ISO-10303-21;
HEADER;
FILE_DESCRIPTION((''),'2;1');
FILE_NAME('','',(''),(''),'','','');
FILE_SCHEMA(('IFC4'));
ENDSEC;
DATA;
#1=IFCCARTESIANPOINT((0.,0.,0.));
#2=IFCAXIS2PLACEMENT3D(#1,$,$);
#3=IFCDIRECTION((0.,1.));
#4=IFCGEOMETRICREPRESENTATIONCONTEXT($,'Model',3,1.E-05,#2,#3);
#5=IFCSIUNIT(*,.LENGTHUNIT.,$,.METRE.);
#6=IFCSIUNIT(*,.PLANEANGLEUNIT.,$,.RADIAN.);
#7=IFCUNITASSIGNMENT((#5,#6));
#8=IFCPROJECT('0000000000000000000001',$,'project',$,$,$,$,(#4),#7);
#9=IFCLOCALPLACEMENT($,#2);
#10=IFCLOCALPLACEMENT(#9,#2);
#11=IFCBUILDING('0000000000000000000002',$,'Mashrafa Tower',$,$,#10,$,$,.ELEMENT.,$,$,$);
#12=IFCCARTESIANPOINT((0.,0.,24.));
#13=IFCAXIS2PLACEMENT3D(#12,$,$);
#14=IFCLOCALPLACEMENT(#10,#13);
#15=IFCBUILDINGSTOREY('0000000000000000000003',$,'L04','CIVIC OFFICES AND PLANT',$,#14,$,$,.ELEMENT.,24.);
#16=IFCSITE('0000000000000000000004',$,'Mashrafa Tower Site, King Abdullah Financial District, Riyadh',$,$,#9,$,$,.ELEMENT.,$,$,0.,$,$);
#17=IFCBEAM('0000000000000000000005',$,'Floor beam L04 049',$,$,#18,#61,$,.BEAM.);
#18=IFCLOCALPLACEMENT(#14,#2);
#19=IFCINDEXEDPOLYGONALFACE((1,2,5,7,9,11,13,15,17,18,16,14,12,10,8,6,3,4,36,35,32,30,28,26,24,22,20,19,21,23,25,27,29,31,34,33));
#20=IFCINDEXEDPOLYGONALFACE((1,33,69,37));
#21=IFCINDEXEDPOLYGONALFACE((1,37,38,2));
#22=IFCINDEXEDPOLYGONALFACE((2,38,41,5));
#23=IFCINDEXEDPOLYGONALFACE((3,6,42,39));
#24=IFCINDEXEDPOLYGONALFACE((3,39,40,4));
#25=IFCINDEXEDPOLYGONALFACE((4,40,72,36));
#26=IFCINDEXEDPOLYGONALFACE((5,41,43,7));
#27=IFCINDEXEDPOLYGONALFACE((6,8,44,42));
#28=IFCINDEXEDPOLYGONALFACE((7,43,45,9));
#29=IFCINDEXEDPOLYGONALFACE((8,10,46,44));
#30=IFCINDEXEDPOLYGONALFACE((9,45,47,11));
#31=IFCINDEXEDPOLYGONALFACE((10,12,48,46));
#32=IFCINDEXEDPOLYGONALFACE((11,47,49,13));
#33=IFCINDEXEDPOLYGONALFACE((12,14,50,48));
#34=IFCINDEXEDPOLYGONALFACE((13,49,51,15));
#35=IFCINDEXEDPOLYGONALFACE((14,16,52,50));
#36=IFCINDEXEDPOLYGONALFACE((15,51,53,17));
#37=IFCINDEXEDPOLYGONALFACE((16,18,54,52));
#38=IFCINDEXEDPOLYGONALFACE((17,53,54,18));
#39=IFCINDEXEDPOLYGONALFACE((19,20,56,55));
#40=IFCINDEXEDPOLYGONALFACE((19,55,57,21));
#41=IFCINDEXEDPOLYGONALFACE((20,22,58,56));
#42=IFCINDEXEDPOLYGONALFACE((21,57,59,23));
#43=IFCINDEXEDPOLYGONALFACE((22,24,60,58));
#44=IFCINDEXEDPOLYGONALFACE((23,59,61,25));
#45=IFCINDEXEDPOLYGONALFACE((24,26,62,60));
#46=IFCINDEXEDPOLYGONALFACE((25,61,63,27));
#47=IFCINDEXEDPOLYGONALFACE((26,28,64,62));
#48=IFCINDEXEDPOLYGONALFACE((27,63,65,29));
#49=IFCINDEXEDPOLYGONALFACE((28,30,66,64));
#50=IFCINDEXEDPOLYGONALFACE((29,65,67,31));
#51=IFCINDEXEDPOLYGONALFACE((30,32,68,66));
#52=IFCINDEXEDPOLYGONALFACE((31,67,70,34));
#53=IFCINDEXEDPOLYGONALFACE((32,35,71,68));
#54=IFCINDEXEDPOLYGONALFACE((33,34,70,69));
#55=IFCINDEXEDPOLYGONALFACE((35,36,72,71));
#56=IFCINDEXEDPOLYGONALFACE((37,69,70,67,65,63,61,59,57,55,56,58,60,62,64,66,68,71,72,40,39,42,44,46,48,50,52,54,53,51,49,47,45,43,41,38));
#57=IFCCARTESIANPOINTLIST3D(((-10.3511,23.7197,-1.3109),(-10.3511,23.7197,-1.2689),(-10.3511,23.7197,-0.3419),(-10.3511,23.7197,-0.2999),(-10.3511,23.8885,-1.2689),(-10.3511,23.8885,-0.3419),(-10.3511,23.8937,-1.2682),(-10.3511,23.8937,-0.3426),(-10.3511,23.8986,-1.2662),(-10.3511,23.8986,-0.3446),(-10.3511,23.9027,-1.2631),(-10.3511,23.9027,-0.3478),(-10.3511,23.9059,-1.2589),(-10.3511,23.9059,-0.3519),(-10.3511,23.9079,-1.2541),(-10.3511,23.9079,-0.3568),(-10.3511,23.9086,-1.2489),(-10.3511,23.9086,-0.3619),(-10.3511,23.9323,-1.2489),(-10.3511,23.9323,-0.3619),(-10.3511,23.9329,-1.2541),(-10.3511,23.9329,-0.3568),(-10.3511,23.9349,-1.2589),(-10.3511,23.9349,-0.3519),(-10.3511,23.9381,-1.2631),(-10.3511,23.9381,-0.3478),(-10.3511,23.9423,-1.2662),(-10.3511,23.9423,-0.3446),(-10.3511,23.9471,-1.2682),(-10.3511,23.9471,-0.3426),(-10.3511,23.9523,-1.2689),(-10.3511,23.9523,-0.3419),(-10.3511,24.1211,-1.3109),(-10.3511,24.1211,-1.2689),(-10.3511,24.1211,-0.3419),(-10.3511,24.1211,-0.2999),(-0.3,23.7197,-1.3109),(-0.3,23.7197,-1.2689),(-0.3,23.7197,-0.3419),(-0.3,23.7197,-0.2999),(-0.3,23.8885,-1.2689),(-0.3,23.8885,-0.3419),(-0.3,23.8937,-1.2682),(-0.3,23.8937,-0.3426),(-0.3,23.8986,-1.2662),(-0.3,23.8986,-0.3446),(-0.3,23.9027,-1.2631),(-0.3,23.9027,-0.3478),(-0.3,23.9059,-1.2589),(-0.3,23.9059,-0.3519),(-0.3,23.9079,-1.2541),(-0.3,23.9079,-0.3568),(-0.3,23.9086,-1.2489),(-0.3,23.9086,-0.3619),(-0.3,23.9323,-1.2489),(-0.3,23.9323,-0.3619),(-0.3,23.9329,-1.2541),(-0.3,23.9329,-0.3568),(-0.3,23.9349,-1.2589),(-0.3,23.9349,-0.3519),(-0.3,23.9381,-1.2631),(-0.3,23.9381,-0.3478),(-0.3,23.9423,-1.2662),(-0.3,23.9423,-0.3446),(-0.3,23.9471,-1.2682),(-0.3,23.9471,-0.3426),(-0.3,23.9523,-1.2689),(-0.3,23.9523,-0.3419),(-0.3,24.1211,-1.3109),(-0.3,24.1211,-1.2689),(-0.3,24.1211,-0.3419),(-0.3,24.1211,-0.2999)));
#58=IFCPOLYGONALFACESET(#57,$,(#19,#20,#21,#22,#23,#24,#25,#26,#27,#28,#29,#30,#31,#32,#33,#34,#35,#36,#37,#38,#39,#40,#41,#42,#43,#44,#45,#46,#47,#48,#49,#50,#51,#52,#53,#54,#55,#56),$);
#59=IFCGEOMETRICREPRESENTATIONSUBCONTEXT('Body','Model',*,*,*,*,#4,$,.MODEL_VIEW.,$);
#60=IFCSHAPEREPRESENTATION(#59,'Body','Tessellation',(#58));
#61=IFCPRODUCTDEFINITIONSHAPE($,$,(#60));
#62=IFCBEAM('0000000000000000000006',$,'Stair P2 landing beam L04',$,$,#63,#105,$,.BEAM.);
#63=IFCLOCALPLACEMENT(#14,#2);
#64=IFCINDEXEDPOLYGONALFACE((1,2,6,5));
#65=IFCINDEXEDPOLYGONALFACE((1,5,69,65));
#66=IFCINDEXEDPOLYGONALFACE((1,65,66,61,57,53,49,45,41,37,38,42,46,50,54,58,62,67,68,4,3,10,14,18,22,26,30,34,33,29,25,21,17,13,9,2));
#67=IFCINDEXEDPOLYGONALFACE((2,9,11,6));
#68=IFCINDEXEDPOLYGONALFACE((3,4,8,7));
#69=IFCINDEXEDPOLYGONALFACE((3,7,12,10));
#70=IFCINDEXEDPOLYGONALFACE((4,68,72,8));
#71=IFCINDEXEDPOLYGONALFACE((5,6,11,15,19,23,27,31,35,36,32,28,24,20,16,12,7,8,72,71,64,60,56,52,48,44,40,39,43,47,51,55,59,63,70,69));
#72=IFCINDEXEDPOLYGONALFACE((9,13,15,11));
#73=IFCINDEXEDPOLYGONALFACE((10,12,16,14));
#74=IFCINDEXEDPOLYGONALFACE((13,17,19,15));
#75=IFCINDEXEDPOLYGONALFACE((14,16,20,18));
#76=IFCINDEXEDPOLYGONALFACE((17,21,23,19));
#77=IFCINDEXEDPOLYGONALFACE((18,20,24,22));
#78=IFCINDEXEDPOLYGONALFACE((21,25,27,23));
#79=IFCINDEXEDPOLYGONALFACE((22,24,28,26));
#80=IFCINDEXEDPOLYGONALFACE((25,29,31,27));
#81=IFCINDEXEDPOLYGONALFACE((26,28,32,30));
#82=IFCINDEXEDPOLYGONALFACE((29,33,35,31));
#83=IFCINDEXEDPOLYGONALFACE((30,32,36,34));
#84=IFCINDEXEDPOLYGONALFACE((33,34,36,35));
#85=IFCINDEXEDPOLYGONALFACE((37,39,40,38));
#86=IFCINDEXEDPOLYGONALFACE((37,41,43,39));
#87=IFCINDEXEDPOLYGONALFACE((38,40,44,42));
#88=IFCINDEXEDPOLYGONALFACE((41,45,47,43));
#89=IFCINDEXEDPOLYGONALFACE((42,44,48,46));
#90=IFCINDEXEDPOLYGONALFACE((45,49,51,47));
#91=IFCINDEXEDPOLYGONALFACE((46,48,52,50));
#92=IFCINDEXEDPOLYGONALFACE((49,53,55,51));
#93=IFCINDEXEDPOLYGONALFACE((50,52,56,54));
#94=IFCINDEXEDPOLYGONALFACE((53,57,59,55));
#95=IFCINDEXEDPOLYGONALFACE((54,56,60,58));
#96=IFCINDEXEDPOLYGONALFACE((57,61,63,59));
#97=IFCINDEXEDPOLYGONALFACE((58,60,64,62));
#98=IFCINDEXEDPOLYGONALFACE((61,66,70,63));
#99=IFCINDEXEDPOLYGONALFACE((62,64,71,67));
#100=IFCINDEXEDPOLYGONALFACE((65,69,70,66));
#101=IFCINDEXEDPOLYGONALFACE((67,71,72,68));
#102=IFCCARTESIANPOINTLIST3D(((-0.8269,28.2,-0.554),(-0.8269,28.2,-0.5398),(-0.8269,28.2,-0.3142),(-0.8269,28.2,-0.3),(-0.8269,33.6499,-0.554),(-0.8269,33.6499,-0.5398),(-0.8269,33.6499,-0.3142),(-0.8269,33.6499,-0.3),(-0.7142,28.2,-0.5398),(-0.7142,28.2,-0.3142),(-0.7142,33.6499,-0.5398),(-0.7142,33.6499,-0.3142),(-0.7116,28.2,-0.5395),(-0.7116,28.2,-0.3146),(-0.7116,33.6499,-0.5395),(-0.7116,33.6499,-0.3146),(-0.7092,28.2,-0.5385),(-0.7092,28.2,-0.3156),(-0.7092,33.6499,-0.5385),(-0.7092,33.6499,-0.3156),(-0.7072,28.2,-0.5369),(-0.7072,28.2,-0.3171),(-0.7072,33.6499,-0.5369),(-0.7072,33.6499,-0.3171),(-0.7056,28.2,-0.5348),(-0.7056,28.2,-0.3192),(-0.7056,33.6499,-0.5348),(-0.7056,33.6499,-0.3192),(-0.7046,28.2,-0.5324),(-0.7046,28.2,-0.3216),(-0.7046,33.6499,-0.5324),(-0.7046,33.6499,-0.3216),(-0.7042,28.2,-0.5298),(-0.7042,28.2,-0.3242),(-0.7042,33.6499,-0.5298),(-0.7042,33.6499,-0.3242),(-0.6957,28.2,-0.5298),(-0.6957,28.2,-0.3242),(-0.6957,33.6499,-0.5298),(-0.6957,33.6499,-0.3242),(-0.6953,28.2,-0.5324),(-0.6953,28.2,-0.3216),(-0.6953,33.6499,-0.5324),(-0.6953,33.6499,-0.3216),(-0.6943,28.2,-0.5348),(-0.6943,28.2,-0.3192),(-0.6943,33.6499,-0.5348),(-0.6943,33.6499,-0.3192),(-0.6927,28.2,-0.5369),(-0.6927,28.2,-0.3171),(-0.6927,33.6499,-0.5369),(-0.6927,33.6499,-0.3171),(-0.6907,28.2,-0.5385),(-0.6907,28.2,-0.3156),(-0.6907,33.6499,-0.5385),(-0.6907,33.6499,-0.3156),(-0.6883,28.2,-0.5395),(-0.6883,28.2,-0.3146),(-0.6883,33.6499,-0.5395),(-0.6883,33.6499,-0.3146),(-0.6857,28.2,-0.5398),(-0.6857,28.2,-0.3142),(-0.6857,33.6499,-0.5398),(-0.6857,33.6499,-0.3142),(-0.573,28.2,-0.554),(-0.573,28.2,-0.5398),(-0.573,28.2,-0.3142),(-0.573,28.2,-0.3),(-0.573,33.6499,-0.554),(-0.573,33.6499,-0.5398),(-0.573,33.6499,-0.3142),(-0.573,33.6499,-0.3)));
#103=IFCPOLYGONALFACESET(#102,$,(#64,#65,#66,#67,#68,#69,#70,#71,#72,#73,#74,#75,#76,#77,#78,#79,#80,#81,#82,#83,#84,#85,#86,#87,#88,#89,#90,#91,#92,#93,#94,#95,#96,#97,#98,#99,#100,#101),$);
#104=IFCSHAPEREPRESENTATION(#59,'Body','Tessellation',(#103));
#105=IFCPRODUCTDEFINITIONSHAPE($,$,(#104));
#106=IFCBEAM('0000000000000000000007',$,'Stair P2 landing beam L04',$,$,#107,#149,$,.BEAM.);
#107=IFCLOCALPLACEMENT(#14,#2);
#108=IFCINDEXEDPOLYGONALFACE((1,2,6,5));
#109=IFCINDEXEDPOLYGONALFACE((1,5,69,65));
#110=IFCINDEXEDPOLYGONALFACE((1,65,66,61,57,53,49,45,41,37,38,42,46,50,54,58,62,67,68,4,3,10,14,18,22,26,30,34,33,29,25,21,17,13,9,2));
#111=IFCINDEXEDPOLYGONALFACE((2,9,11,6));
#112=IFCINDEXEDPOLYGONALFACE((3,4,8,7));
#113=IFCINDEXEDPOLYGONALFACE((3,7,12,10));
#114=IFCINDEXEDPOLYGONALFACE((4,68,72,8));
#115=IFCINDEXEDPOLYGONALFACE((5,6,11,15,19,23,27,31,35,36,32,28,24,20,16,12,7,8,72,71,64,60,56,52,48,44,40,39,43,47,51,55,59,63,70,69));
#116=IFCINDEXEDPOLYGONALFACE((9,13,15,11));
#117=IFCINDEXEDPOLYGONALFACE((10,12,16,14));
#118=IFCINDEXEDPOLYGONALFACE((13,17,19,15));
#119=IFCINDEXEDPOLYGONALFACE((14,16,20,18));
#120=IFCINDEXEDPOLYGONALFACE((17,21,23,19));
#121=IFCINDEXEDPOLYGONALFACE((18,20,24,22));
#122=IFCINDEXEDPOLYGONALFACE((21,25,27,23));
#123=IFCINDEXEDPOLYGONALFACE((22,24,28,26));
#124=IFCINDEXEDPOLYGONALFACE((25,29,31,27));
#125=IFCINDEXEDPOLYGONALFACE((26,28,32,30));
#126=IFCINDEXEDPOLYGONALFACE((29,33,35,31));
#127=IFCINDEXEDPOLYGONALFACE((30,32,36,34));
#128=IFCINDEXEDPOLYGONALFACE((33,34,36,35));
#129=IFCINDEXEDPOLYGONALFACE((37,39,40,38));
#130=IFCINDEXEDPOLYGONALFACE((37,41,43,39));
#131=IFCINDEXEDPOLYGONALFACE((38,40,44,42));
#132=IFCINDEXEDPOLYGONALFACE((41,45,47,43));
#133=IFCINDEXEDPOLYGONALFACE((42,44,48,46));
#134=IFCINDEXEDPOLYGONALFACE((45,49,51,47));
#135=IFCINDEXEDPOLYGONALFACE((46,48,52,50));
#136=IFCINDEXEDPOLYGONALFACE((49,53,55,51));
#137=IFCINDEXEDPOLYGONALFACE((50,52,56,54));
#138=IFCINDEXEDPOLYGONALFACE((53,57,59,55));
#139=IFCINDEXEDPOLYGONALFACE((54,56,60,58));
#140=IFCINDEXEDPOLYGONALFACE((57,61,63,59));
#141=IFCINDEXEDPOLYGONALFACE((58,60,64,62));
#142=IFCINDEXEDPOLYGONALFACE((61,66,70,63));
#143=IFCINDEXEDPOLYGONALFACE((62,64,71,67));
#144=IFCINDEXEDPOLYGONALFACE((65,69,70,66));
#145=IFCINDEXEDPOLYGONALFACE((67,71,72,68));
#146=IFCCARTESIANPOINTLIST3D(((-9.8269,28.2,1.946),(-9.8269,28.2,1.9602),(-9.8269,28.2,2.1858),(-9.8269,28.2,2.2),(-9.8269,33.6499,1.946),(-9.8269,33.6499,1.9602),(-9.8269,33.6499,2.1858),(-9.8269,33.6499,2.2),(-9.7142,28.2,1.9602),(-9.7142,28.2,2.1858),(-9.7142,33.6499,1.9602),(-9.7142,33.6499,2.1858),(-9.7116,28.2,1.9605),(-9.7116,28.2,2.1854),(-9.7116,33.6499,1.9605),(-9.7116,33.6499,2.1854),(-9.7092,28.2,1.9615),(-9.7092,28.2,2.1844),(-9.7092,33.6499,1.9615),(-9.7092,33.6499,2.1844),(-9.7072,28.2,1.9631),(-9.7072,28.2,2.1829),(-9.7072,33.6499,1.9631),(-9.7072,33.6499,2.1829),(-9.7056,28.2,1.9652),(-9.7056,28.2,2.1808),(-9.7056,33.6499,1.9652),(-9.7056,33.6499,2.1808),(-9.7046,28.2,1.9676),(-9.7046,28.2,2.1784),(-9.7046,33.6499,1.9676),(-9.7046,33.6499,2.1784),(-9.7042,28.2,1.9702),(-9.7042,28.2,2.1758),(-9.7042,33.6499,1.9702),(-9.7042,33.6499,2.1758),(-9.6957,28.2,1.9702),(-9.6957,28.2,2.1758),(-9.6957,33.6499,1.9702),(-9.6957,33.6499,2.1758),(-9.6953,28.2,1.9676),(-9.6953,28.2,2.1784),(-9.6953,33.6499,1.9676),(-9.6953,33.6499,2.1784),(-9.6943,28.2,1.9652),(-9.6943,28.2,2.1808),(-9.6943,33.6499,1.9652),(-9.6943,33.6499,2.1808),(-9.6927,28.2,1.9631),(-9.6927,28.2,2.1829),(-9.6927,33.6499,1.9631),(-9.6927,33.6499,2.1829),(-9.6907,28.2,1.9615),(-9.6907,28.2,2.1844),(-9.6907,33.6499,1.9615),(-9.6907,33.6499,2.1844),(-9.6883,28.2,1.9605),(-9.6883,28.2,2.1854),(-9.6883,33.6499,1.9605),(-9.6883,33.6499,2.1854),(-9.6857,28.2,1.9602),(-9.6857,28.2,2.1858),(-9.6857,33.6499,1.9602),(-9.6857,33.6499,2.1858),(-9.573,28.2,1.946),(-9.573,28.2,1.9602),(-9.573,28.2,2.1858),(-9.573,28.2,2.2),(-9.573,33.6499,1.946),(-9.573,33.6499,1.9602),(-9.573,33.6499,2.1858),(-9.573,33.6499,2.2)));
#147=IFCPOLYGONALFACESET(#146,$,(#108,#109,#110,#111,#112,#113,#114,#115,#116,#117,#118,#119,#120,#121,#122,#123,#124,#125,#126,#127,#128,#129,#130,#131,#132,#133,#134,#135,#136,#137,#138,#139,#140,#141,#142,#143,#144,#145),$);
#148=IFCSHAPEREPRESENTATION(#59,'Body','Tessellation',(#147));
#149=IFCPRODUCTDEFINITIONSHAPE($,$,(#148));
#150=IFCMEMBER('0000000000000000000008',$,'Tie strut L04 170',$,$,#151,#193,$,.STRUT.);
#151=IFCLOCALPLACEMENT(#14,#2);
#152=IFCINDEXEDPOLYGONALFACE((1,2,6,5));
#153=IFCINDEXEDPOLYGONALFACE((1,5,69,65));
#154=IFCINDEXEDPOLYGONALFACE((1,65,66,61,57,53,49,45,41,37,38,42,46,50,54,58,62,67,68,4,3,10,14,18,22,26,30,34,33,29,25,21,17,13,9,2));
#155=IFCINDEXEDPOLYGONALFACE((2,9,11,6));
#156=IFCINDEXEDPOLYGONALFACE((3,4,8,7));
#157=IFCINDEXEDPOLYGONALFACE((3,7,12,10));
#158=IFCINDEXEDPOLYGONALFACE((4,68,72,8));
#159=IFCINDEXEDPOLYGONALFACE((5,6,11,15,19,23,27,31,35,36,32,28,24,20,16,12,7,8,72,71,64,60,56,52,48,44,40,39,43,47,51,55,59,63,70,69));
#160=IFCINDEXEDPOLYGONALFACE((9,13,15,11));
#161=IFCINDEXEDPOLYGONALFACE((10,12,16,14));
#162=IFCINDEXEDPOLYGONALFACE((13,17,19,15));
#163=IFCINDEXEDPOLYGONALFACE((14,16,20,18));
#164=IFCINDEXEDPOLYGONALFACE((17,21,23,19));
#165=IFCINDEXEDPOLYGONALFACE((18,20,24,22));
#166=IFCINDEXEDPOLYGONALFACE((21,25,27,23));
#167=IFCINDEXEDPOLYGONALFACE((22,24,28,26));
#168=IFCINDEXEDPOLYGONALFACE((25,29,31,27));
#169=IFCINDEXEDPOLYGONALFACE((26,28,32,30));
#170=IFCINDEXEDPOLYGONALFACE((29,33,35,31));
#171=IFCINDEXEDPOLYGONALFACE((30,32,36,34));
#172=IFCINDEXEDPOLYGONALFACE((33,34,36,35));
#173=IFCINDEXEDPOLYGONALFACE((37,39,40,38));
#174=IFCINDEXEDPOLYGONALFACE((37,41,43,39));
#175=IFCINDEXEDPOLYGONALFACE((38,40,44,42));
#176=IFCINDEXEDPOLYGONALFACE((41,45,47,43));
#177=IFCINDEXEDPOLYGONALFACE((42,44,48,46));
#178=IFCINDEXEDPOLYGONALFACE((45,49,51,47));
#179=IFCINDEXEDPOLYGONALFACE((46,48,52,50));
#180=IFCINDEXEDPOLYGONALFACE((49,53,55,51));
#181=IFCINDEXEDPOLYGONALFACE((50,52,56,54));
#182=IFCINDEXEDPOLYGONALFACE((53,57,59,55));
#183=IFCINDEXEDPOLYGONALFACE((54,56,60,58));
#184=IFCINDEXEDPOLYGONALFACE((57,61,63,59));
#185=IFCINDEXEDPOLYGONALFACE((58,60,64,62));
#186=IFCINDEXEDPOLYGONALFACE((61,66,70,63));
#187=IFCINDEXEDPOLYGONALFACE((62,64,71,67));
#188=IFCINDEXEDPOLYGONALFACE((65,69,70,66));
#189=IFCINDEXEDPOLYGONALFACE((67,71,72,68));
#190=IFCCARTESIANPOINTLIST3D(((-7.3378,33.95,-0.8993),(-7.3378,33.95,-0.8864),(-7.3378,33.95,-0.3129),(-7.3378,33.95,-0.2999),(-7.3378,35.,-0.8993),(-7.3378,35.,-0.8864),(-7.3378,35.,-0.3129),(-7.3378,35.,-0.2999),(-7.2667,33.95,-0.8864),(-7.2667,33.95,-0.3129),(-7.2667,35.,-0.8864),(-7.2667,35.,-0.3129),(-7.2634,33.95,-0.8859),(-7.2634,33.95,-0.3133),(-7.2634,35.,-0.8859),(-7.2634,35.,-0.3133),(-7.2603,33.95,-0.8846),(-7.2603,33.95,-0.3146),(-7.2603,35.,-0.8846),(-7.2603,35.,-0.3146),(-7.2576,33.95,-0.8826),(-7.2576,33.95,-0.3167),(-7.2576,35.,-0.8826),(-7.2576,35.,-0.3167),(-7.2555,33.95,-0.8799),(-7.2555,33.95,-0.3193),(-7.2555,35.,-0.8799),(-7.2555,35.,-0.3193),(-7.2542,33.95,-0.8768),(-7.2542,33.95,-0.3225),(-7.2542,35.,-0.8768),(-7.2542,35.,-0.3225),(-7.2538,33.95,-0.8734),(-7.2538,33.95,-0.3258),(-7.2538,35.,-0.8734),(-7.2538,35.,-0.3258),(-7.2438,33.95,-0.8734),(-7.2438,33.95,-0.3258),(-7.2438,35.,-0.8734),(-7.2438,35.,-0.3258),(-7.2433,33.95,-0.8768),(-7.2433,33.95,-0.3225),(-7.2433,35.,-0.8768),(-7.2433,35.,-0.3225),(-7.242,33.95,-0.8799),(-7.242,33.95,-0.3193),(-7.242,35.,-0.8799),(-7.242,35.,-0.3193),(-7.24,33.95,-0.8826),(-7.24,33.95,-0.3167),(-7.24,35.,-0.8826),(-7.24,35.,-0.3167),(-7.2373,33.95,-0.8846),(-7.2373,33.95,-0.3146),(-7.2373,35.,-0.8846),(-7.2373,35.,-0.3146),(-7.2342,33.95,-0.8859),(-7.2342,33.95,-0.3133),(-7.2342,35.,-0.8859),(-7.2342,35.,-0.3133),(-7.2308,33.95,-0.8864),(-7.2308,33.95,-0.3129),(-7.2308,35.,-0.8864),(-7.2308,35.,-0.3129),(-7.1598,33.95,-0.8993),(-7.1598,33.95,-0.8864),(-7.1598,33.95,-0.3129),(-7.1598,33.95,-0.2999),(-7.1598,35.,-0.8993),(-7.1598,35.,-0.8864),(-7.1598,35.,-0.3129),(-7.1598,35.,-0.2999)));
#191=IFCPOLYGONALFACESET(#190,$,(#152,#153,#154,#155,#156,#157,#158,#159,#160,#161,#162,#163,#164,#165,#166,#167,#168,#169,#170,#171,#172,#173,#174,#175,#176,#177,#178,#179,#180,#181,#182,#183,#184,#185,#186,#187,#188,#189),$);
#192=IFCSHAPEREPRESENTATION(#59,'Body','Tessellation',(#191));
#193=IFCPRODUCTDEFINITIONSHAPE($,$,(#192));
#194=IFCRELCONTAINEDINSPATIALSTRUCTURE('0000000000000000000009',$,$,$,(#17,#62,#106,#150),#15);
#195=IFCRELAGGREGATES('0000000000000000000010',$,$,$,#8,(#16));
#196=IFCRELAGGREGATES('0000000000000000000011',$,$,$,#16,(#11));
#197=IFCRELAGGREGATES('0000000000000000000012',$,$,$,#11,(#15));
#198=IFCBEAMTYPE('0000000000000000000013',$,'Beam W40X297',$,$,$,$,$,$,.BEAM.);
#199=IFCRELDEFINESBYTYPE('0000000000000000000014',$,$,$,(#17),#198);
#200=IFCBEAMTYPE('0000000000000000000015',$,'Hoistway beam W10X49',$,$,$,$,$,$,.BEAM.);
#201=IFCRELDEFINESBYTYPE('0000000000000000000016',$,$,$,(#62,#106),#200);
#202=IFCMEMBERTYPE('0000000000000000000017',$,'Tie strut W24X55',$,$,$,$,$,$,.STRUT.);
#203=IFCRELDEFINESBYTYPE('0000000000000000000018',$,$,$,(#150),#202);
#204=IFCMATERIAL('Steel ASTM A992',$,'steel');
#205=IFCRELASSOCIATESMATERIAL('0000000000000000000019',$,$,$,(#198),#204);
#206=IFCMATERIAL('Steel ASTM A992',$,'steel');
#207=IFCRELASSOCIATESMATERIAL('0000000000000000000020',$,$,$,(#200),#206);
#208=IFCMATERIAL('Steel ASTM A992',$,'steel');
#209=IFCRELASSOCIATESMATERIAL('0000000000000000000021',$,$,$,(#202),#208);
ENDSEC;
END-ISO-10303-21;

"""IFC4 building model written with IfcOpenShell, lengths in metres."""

from ifc_helpers import new_model, si_unit, direction, frame, origin, origin_2d, place, context, subcontext, project, spatial, i_section, extrude, source, transform, mapped, material, material_profile, profile_set, type_object, type_shapes, element, save


model = new_model("IFC4")

# Units and contexts
model_context = context("Model", 3, precision=1e-05, world=origin(), true_north=direction((0.0, 1.0)))
body_context = subcontext(model_context, "Body", "Model", "MODEL_VIEW")
ifc_project = project(units=[si_unit("LENGTHUNIT", "METRE"), si_unit("PLANEANGLEUNIT", "RADIAN")], contexts=[model_context])

# Site, building, storey
site_placement = place(None, origin())
site = spatial("IfcSite", under=ifc_project, at=site_placement, Name="Mashrafa Tower Site, King Abdullah Financial District, Riyadh", CompositionType="ELEMENT", RefElevation=0.0)
building_placement = place(site_placement, origin())
building = spatial("IfcBuilding", under=site, at=building_placement, Name="Mashrafa Tower", CompositionType="ELEMENT")
storey_placement = place(building_placement, frame((0.0, 0.0, 24.0)))
storey = spatial("IfcBuildingStorey", under=building, at=storey_placement, Name="L04", Description="CIVIC OFFICES AND PLANT", CompositionType="ELEMENT", Elevation=24.0)

# Beams
ifc_material_1 = material(Name="Steel ASTM A992", Category="steel")
ifc_material_profile_1 = material_profile(ifc_material_1, i_section(OverallWidth=0.4014, OverallDepth=1.011, WebThickness=0.0237, FlangeThickness=0.042, FilletRadius=0.02, at=origin_2d()), Name="W40X297")
ifc_profile_set_1 = profile_set([ifc_material_profile_1], Name="Steel ASTM A992")
beam_type_1 = type_object("IfcBeamType", Name="Beam W40X297", PredefinedType="BEAM", material=ifc_profile_set_1)
beam_1_placement = place(storey_placement, frame((-10.3511, 23.9204, -0.8054), z_axis=(1.0, 0.0, 0.0), x_axis=(0.0, 1.0, 0.0)))
element("IfcBeam", 1, at=beam_1_placement, inside=storey, type_object=beam_type_1, Name="Floor beam L04 049", PredefinedType="BEAM", context=body_context, shape_type="SweptSolid", body=[
    extrude(i_section(OverallWidth=0.4014, OverallDepth=1.011, WebThickness=0.0237, FlangeThickness=0.042, FilletRadius=0.02, at=origin_2d()), origin(), (0.0, 0.0, 1.0), 10.051),
])
ifc_material_2 = material(Name="Steel ASTM A992", Category="steel")
ifc_material_profile_2 = material_profile(ifc_material_2, i_section(OverallWidth=0.2539, OverallDepth=0.2539, WebThickness=0.0085, FlangeThickness=0.0142, FilletRadius=0.01, at=origin_2d()), Name="W10X49")
ifc_profile_set_2 = profile_set([ifc_material_profile_2], Name="Steel ASTM A992")
beam_type_2 = type_object("IfcBeamType", Name="Hoistway beam W10X49", PredefinedType="BEAM", material=ifc_profile_set_2)
for number, where, z_axis, x_axis, name in (
    (2, (-0.7, 28.2, -0.427), (0.0, 1.0, 0.0), (-1.0, 0.0, 0.0), "Stair P2 landing beam L04"),
    (3, (-9.7, 28.2, 2.073), (0.0, 1.0, 0.0), (-1.0, 0.0, 0.0), "Stair P2 landing beam L04"),
):
    element("IfcBeam", number, at=place(storey_placement, frame(where, z_axis=z_axis, x_axis=x_axis)), inside=storey, type_object=beam_type_2, Name=name, PredefinedType="BEAM", context=body_context, shape_type="SweptSolid", body=[
        extrude(i_section(OverallWidth=0.2539, OverallDepth=0.2539, WebThickness=0.0085, FlangeThickness=0.0142, FilletRadius=0.01, at=origin_2d()), origin(), (0.0, 0.0, 1.0), 5.45),
    ])

# Member
ifc_material_3 = material(Name="Steel ASTM A992", Category="steel")
ifc_material_profile_3 = material_profile(ifc_material_3, i_section(OverallWidth=0.178, OverallDepth=0.5994, WebThickness=0.01, FlangeThickness=0.0129, FilletRadius=0.0129, at=origin_2d()), Name="W24X55")
ifc_profile_set_3 = profile_set([ifc_material_profile_3], Name="Steel ASTM A992")
member_type = type_object("IfcMemberType", Name="Tie strut W24X55", PredefinedType="STRUT", material=ifc_profile_set_3)
shared_shape = source(origin(), body_context, "Body", "SweptSolid", [
    extrude(i_section(OverallWidth=0.178, OverallDepth=0.5994, WebThickness=0.01, FlangeThickness=0.0129, FilletRadius=0.0129, at=origin_2d()), origin(), (0.0, 0.0, 1.0), 1.05),
])
type_shapes(member_type, [shared_shape])
member_placement = place(storey_placement, frame((-7.2488, 33.95, -0.5996), z_axis=(0.0, 1.0, 0.0), x_axis=(-1.0, 0.0, 0.0)))
element("IfcMember", 4, at=member_placement, inside=storey, type_object=member_type, Name="Tie strut L04 170", PredefinedType="STRUT", context=body_context, shape_type="MappedRepresentation", body=[
    mapped(shared_shape, transform((0.0, 0.0, 0.0))),
])

save(model, "model.ifc")
